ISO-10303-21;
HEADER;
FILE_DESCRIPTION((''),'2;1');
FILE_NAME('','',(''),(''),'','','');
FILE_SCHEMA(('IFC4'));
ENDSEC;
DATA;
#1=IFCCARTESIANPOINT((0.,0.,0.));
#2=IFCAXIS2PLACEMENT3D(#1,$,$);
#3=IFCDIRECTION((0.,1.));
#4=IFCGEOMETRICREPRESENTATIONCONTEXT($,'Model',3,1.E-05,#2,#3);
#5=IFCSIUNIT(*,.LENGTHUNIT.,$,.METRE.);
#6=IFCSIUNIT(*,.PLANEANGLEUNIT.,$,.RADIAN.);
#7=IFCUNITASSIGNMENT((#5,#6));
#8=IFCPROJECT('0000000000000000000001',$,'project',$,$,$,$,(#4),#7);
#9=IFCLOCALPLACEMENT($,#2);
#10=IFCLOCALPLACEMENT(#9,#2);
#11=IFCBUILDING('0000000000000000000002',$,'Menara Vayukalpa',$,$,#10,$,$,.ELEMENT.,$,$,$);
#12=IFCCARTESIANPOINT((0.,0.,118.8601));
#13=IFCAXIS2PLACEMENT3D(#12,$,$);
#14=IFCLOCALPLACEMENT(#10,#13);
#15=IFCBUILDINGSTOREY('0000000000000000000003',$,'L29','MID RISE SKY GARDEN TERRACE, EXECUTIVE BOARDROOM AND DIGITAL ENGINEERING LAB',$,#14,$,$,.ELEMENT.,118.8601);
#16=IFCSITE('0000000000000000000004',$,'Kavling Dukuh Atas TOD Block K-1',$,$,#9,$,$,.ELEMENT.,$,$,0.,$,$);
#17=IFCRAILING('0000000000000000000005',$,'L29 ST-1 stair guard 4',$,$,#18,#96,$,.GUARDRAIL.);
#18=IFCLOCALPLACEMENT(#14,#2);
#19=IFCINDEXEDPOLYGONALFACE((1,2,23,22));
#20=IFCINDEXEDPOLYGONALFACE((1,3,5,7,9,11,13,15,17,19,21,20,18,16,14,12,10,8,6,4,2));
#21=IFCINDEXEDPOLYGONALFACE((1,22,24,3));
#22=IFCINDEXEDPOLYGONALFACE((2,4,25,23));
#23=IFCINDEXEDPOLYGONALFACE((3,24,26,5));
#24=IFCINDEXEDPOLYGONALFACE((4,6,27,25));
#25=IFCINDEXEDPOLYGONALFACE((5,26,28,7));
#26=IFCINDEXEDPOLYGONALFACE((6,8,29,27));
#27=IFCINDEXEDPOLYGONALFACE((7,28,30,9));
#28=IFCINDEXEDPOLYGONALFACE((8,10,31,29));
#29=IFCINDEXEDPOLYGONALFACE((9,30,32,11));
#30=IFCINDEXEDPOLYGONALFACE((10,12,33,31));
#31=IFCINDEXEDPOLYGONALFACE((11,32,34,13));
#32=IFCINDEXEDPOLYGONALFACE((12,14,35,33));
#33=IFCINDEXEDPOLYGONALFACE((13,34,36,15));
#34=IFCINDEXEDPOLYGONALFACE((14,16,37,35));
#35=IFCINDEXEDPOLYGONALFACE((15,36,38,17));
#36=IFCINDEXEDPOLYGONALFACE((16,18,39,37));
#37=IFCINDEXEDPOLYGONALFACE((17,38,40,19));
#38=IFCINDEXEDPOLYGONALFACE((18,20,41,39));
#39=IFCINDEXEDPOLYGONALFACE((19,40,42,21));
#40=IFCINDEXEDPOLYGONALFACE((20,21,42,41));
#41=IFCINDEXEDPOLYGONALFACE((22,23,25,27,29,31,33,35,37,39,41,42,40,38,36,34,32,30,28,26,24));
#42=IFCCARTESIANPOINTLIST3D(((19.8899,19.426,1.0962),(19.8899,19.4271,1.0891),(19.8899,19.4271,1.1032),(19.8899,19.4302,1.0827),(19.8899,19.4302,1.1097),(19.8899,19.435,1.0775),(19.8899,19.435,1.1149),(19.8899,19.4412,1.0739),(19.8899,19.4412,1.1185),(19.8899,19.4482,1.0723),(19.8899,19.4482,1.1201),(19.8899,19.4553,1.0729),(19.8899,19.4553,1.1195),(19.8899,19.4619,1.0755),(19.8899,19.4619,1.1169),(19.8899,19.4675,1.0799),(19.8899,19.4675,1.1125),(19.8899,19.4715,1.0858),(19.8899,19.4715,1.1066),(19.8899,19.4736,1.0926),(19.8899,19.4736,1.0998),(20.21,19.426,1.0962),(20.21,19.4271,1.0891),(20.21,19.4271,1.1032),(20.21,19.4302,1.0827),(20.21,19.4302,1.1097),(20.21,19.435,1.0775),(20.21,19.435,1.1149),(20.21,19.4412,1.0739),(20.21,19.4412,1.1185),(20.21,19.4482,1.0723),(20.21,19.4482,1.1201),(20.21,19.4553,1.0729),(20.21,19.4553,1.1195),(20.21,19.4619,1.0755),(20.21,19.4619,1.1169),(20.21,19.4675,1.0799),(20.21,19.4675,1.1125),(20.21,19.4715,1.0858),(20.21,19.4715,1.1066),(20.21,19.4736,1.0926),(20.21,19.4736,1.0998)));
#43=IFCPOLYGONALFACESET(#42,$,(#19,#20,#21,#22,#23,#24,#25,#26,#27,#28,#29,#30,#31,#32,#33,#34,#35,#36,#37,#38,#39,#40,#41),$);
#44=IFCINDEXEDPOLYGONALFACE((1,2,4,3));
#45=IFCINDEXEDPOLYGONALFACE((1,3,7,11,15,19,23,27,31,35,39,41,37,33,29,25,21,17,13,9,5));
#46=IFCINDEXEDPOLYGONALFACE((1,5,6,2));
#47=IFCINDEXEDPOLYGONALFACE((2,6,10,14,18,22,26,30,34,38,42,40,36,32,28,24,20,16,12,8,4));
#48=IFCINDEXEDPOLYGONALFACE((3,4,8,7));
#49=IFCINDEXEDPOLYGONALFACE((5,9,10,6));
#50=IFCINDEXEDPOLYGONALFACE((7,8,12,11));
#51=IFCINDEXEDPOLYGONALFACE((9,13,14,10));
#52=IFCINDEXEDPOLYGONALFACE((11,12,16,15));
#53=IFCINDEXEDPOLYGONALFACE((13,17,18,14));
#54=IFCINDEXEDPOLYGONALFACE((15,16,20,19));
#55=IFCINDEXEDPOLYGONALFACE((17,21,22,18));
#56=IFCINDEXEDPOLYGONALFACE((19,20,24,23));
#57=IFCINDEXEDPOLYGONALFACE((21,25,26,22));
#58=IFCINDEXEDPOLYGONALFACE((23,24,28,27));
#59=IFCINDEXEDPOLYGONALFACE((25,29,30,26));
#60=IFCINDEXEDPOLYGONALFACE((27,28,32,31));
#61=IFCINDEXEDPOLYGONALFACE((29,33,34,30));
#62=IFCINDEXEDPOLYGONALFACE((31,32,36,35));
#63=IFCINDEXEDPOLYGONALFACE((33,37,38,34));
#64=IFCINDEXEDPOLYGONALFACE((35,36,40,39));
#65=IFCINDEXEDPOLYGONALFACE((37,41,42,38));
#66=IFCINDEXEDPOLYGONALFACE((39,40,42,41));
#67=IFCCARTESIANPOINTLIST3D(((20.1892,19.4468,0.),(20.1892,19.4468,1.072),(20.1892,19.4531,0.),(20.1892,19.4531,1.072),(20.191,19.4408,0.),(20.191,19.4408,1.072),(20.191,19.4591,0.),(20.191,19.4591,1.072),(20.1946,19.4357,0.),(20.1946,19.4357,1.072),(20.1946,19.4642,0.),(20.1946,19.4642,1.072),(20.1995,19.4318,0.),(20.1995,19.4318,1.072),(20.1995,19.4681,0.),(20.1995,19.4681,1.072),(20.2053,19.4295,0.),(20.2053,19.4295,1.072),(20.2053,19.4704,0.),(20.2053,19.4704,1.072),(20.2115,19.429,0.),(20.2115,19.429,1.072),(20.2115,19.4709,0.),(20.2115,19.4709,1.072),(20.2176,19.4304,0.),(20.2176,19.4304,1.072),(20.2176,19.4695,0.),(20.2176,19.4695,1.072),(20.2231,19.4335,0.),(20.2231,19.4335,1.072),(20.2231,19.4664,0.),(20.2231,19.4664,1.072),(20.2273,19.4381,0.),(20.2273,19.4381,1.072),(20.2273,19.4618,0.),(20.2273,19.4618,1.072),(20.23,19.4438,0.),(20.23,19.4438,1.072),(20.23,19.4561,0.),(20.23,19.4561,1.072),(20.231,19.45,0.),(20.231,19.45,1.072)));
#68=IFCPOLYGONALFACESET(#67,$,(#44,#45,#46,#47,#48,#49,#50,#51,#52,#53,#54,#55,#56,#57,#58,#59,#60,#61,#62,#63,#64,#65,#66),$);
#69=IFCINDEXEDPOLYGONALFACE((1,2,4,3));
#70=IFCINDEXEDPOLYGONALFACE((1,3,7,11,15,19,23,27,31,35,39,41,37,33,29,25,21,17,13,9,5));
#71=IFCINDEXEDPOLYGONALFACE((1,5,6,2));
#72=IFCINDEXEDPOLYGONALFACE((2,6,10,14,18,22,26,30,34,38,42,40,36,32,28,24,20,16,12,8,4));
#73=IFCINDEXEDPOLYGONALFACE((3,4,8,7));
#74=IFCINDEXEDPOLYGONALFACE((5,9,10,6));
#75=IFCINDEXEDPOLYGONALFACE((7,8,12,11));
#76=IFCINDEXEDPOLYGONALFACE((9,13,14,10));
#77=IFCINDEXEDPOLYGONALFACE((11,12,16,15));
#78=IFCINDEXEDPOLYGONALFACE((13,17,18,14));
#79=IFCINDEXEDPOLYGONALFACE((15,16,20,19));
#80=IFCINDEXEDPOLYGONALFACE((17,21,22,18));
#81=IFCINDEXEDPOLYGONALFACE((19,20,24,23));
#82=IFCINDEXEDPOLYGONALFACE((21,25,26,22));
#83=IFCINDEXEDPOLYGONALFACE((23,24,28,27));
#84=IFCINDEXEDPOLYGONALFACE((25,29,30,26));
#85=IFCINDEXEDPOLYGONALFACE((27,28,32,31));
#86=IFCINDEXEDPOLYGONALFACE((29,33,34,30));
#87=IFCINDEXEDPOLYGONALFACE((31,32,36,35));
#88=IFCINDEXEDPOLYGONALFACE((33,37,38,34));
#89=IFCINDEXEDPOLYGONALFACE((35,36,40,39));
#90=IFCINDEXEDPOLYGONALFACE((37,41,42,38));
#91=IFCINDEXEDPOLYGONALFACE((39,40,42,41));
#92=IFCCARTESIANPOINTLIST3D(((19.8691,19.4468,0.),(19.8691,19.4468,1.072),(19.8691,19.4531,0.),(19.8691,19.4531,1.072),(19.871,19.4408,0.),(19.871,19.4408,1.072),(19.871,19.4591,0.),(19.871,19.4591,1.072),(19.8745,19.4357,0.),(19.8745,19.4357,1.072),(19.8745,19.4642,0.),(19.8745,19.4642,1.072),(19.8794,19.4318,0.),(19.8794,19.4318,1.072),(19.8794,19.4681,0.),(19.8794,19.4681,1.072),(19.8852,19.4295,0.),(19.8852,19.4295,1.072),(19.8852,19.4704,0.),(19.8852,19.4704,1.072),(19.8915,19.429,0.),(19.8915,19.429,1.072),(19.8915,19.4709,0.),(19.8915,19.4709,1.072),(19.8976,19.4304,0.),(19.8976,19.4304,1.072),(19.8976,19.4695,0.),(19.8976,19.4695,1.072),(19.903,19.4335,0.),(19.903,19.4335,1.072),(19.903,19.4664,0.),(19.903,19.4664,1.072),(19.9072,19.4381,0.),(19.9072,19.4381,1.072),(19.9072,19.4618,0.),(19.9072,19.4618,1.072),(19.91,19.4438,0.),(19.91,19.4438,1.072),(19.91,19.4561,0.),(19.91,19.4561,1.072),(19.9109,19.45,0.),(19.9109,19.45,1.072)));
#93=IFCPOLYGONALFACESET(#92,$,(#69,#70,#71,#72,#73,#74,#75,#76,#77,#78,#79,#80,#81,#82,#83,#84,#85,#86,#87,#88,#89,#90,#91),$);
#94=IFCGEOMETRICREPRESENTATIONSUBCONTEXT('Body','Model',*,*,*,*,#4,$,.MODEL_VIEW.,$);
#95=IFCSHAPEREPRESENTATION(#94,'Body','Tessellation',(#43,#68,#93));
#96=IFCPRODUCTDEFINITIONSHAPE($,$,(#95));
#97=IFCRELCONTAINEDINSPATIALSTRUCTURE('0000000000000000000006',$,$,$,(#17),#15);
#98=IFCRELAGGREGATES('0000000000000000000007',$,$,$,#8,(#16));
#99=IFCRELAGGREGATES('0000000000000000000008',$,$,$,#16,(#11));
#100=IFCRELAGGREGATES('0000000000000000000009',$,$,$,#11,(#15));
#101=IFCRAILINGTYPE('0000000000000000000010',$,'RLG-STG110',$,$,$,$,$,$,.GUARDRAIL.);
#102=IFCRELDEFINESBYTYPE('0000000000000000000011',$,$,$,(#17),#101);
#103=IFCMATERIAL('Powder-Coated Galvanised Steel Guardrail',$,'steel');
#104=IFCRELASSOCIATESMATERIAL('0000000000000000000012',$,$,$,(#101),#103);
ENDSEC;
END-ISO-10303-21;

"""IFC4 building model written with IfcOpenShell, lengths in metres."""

from ifc_helpers import new_model, si_unit, direction, frame, origin, origin_2d, place, context, subcontext, project, spatial, circle, extrude, material, type_object, element, save


model = new_model("IFC4")

# Units and contexts
model_context = context("Model", 3, precision=1e-05, world=origin(), true_north=direction((0.0, 1.0)))
body_context = subcontext(model_context, "Body", "Model", "MODEL_VIEW")
ifc_project = project(units=[si_unit("LENGTHUNIT", "METRE"), si_unit("PLANEANGLEUNIT", "RADIAN")], contexts=[model_context])

# Site, building, storey
site_placement = place(None, origin())
site = spatial("IfcSite", under=ifc_project, at=site_placement, Name="Kavling Dukuh Atas TOD Block K-1", CompositionType="ELEMENT", RefElevation=0.0)
building_placement = place(site_placement, origin())
building = spatial("IfcBuilding", under=site, at=building_placement, Name="Menara Vayukalpa", CompositionType="ELEMENT")
storey_placement = place(building_placement, frame((0.0, 0.0, 118.8601)))
storey = spatial("IfcBuildingStorey", under=building, at=storey_placement, Name="L29", Description="MID RISE SKY GARDEN TERRACE, EXECUTIVE BOARDROOM AND DIGITAL ENGINEERING LAB", CompositionType="ELEMENT", Elevation=118.8601)

# Railing
ifc_material_1 = material(Name="Powder-Coated Galvanised Steel Guardrail", Category="steel")
railing_type_1 = type_object("IfcRailingType", Name="RLG-STG110", PredefinedType="GUARDRAIL", material=ifc_material_1)
railing_1_placement = place(storey_placement, frame((20.21, 19.45, 0.0)))
element("IfcRailing", 1, at=railing_1_placement, inside=storey, type_object=railing_type_1, Name="L29 ST-1 stair guard 4", PredefinedType="GUARDRAIL", context=body_context, shape_type="SweptSolid", body=[
    extrude(circle(Radius=0.0239, at=origin_2d()), frame((0.0, 0.0, 1.0962), z_axis=(-1.0, 0.0, 0.0), x_axis=(0.0, -1.0, 0.0)), (0.0, 0.0, 1.0), 0.3201),
    extrude(circle(Radius=0.021, at=origin_2d()), origin(), (0.0, 0.0, 1.0), 1.072),
    extrude(circle(Radius=0.021, at=origin_2d()), frame((-0.3201, 0.0, 0.0)), (0.0, 0.0, 1.0), 1.072),
])

save(model, "model.ifc")
